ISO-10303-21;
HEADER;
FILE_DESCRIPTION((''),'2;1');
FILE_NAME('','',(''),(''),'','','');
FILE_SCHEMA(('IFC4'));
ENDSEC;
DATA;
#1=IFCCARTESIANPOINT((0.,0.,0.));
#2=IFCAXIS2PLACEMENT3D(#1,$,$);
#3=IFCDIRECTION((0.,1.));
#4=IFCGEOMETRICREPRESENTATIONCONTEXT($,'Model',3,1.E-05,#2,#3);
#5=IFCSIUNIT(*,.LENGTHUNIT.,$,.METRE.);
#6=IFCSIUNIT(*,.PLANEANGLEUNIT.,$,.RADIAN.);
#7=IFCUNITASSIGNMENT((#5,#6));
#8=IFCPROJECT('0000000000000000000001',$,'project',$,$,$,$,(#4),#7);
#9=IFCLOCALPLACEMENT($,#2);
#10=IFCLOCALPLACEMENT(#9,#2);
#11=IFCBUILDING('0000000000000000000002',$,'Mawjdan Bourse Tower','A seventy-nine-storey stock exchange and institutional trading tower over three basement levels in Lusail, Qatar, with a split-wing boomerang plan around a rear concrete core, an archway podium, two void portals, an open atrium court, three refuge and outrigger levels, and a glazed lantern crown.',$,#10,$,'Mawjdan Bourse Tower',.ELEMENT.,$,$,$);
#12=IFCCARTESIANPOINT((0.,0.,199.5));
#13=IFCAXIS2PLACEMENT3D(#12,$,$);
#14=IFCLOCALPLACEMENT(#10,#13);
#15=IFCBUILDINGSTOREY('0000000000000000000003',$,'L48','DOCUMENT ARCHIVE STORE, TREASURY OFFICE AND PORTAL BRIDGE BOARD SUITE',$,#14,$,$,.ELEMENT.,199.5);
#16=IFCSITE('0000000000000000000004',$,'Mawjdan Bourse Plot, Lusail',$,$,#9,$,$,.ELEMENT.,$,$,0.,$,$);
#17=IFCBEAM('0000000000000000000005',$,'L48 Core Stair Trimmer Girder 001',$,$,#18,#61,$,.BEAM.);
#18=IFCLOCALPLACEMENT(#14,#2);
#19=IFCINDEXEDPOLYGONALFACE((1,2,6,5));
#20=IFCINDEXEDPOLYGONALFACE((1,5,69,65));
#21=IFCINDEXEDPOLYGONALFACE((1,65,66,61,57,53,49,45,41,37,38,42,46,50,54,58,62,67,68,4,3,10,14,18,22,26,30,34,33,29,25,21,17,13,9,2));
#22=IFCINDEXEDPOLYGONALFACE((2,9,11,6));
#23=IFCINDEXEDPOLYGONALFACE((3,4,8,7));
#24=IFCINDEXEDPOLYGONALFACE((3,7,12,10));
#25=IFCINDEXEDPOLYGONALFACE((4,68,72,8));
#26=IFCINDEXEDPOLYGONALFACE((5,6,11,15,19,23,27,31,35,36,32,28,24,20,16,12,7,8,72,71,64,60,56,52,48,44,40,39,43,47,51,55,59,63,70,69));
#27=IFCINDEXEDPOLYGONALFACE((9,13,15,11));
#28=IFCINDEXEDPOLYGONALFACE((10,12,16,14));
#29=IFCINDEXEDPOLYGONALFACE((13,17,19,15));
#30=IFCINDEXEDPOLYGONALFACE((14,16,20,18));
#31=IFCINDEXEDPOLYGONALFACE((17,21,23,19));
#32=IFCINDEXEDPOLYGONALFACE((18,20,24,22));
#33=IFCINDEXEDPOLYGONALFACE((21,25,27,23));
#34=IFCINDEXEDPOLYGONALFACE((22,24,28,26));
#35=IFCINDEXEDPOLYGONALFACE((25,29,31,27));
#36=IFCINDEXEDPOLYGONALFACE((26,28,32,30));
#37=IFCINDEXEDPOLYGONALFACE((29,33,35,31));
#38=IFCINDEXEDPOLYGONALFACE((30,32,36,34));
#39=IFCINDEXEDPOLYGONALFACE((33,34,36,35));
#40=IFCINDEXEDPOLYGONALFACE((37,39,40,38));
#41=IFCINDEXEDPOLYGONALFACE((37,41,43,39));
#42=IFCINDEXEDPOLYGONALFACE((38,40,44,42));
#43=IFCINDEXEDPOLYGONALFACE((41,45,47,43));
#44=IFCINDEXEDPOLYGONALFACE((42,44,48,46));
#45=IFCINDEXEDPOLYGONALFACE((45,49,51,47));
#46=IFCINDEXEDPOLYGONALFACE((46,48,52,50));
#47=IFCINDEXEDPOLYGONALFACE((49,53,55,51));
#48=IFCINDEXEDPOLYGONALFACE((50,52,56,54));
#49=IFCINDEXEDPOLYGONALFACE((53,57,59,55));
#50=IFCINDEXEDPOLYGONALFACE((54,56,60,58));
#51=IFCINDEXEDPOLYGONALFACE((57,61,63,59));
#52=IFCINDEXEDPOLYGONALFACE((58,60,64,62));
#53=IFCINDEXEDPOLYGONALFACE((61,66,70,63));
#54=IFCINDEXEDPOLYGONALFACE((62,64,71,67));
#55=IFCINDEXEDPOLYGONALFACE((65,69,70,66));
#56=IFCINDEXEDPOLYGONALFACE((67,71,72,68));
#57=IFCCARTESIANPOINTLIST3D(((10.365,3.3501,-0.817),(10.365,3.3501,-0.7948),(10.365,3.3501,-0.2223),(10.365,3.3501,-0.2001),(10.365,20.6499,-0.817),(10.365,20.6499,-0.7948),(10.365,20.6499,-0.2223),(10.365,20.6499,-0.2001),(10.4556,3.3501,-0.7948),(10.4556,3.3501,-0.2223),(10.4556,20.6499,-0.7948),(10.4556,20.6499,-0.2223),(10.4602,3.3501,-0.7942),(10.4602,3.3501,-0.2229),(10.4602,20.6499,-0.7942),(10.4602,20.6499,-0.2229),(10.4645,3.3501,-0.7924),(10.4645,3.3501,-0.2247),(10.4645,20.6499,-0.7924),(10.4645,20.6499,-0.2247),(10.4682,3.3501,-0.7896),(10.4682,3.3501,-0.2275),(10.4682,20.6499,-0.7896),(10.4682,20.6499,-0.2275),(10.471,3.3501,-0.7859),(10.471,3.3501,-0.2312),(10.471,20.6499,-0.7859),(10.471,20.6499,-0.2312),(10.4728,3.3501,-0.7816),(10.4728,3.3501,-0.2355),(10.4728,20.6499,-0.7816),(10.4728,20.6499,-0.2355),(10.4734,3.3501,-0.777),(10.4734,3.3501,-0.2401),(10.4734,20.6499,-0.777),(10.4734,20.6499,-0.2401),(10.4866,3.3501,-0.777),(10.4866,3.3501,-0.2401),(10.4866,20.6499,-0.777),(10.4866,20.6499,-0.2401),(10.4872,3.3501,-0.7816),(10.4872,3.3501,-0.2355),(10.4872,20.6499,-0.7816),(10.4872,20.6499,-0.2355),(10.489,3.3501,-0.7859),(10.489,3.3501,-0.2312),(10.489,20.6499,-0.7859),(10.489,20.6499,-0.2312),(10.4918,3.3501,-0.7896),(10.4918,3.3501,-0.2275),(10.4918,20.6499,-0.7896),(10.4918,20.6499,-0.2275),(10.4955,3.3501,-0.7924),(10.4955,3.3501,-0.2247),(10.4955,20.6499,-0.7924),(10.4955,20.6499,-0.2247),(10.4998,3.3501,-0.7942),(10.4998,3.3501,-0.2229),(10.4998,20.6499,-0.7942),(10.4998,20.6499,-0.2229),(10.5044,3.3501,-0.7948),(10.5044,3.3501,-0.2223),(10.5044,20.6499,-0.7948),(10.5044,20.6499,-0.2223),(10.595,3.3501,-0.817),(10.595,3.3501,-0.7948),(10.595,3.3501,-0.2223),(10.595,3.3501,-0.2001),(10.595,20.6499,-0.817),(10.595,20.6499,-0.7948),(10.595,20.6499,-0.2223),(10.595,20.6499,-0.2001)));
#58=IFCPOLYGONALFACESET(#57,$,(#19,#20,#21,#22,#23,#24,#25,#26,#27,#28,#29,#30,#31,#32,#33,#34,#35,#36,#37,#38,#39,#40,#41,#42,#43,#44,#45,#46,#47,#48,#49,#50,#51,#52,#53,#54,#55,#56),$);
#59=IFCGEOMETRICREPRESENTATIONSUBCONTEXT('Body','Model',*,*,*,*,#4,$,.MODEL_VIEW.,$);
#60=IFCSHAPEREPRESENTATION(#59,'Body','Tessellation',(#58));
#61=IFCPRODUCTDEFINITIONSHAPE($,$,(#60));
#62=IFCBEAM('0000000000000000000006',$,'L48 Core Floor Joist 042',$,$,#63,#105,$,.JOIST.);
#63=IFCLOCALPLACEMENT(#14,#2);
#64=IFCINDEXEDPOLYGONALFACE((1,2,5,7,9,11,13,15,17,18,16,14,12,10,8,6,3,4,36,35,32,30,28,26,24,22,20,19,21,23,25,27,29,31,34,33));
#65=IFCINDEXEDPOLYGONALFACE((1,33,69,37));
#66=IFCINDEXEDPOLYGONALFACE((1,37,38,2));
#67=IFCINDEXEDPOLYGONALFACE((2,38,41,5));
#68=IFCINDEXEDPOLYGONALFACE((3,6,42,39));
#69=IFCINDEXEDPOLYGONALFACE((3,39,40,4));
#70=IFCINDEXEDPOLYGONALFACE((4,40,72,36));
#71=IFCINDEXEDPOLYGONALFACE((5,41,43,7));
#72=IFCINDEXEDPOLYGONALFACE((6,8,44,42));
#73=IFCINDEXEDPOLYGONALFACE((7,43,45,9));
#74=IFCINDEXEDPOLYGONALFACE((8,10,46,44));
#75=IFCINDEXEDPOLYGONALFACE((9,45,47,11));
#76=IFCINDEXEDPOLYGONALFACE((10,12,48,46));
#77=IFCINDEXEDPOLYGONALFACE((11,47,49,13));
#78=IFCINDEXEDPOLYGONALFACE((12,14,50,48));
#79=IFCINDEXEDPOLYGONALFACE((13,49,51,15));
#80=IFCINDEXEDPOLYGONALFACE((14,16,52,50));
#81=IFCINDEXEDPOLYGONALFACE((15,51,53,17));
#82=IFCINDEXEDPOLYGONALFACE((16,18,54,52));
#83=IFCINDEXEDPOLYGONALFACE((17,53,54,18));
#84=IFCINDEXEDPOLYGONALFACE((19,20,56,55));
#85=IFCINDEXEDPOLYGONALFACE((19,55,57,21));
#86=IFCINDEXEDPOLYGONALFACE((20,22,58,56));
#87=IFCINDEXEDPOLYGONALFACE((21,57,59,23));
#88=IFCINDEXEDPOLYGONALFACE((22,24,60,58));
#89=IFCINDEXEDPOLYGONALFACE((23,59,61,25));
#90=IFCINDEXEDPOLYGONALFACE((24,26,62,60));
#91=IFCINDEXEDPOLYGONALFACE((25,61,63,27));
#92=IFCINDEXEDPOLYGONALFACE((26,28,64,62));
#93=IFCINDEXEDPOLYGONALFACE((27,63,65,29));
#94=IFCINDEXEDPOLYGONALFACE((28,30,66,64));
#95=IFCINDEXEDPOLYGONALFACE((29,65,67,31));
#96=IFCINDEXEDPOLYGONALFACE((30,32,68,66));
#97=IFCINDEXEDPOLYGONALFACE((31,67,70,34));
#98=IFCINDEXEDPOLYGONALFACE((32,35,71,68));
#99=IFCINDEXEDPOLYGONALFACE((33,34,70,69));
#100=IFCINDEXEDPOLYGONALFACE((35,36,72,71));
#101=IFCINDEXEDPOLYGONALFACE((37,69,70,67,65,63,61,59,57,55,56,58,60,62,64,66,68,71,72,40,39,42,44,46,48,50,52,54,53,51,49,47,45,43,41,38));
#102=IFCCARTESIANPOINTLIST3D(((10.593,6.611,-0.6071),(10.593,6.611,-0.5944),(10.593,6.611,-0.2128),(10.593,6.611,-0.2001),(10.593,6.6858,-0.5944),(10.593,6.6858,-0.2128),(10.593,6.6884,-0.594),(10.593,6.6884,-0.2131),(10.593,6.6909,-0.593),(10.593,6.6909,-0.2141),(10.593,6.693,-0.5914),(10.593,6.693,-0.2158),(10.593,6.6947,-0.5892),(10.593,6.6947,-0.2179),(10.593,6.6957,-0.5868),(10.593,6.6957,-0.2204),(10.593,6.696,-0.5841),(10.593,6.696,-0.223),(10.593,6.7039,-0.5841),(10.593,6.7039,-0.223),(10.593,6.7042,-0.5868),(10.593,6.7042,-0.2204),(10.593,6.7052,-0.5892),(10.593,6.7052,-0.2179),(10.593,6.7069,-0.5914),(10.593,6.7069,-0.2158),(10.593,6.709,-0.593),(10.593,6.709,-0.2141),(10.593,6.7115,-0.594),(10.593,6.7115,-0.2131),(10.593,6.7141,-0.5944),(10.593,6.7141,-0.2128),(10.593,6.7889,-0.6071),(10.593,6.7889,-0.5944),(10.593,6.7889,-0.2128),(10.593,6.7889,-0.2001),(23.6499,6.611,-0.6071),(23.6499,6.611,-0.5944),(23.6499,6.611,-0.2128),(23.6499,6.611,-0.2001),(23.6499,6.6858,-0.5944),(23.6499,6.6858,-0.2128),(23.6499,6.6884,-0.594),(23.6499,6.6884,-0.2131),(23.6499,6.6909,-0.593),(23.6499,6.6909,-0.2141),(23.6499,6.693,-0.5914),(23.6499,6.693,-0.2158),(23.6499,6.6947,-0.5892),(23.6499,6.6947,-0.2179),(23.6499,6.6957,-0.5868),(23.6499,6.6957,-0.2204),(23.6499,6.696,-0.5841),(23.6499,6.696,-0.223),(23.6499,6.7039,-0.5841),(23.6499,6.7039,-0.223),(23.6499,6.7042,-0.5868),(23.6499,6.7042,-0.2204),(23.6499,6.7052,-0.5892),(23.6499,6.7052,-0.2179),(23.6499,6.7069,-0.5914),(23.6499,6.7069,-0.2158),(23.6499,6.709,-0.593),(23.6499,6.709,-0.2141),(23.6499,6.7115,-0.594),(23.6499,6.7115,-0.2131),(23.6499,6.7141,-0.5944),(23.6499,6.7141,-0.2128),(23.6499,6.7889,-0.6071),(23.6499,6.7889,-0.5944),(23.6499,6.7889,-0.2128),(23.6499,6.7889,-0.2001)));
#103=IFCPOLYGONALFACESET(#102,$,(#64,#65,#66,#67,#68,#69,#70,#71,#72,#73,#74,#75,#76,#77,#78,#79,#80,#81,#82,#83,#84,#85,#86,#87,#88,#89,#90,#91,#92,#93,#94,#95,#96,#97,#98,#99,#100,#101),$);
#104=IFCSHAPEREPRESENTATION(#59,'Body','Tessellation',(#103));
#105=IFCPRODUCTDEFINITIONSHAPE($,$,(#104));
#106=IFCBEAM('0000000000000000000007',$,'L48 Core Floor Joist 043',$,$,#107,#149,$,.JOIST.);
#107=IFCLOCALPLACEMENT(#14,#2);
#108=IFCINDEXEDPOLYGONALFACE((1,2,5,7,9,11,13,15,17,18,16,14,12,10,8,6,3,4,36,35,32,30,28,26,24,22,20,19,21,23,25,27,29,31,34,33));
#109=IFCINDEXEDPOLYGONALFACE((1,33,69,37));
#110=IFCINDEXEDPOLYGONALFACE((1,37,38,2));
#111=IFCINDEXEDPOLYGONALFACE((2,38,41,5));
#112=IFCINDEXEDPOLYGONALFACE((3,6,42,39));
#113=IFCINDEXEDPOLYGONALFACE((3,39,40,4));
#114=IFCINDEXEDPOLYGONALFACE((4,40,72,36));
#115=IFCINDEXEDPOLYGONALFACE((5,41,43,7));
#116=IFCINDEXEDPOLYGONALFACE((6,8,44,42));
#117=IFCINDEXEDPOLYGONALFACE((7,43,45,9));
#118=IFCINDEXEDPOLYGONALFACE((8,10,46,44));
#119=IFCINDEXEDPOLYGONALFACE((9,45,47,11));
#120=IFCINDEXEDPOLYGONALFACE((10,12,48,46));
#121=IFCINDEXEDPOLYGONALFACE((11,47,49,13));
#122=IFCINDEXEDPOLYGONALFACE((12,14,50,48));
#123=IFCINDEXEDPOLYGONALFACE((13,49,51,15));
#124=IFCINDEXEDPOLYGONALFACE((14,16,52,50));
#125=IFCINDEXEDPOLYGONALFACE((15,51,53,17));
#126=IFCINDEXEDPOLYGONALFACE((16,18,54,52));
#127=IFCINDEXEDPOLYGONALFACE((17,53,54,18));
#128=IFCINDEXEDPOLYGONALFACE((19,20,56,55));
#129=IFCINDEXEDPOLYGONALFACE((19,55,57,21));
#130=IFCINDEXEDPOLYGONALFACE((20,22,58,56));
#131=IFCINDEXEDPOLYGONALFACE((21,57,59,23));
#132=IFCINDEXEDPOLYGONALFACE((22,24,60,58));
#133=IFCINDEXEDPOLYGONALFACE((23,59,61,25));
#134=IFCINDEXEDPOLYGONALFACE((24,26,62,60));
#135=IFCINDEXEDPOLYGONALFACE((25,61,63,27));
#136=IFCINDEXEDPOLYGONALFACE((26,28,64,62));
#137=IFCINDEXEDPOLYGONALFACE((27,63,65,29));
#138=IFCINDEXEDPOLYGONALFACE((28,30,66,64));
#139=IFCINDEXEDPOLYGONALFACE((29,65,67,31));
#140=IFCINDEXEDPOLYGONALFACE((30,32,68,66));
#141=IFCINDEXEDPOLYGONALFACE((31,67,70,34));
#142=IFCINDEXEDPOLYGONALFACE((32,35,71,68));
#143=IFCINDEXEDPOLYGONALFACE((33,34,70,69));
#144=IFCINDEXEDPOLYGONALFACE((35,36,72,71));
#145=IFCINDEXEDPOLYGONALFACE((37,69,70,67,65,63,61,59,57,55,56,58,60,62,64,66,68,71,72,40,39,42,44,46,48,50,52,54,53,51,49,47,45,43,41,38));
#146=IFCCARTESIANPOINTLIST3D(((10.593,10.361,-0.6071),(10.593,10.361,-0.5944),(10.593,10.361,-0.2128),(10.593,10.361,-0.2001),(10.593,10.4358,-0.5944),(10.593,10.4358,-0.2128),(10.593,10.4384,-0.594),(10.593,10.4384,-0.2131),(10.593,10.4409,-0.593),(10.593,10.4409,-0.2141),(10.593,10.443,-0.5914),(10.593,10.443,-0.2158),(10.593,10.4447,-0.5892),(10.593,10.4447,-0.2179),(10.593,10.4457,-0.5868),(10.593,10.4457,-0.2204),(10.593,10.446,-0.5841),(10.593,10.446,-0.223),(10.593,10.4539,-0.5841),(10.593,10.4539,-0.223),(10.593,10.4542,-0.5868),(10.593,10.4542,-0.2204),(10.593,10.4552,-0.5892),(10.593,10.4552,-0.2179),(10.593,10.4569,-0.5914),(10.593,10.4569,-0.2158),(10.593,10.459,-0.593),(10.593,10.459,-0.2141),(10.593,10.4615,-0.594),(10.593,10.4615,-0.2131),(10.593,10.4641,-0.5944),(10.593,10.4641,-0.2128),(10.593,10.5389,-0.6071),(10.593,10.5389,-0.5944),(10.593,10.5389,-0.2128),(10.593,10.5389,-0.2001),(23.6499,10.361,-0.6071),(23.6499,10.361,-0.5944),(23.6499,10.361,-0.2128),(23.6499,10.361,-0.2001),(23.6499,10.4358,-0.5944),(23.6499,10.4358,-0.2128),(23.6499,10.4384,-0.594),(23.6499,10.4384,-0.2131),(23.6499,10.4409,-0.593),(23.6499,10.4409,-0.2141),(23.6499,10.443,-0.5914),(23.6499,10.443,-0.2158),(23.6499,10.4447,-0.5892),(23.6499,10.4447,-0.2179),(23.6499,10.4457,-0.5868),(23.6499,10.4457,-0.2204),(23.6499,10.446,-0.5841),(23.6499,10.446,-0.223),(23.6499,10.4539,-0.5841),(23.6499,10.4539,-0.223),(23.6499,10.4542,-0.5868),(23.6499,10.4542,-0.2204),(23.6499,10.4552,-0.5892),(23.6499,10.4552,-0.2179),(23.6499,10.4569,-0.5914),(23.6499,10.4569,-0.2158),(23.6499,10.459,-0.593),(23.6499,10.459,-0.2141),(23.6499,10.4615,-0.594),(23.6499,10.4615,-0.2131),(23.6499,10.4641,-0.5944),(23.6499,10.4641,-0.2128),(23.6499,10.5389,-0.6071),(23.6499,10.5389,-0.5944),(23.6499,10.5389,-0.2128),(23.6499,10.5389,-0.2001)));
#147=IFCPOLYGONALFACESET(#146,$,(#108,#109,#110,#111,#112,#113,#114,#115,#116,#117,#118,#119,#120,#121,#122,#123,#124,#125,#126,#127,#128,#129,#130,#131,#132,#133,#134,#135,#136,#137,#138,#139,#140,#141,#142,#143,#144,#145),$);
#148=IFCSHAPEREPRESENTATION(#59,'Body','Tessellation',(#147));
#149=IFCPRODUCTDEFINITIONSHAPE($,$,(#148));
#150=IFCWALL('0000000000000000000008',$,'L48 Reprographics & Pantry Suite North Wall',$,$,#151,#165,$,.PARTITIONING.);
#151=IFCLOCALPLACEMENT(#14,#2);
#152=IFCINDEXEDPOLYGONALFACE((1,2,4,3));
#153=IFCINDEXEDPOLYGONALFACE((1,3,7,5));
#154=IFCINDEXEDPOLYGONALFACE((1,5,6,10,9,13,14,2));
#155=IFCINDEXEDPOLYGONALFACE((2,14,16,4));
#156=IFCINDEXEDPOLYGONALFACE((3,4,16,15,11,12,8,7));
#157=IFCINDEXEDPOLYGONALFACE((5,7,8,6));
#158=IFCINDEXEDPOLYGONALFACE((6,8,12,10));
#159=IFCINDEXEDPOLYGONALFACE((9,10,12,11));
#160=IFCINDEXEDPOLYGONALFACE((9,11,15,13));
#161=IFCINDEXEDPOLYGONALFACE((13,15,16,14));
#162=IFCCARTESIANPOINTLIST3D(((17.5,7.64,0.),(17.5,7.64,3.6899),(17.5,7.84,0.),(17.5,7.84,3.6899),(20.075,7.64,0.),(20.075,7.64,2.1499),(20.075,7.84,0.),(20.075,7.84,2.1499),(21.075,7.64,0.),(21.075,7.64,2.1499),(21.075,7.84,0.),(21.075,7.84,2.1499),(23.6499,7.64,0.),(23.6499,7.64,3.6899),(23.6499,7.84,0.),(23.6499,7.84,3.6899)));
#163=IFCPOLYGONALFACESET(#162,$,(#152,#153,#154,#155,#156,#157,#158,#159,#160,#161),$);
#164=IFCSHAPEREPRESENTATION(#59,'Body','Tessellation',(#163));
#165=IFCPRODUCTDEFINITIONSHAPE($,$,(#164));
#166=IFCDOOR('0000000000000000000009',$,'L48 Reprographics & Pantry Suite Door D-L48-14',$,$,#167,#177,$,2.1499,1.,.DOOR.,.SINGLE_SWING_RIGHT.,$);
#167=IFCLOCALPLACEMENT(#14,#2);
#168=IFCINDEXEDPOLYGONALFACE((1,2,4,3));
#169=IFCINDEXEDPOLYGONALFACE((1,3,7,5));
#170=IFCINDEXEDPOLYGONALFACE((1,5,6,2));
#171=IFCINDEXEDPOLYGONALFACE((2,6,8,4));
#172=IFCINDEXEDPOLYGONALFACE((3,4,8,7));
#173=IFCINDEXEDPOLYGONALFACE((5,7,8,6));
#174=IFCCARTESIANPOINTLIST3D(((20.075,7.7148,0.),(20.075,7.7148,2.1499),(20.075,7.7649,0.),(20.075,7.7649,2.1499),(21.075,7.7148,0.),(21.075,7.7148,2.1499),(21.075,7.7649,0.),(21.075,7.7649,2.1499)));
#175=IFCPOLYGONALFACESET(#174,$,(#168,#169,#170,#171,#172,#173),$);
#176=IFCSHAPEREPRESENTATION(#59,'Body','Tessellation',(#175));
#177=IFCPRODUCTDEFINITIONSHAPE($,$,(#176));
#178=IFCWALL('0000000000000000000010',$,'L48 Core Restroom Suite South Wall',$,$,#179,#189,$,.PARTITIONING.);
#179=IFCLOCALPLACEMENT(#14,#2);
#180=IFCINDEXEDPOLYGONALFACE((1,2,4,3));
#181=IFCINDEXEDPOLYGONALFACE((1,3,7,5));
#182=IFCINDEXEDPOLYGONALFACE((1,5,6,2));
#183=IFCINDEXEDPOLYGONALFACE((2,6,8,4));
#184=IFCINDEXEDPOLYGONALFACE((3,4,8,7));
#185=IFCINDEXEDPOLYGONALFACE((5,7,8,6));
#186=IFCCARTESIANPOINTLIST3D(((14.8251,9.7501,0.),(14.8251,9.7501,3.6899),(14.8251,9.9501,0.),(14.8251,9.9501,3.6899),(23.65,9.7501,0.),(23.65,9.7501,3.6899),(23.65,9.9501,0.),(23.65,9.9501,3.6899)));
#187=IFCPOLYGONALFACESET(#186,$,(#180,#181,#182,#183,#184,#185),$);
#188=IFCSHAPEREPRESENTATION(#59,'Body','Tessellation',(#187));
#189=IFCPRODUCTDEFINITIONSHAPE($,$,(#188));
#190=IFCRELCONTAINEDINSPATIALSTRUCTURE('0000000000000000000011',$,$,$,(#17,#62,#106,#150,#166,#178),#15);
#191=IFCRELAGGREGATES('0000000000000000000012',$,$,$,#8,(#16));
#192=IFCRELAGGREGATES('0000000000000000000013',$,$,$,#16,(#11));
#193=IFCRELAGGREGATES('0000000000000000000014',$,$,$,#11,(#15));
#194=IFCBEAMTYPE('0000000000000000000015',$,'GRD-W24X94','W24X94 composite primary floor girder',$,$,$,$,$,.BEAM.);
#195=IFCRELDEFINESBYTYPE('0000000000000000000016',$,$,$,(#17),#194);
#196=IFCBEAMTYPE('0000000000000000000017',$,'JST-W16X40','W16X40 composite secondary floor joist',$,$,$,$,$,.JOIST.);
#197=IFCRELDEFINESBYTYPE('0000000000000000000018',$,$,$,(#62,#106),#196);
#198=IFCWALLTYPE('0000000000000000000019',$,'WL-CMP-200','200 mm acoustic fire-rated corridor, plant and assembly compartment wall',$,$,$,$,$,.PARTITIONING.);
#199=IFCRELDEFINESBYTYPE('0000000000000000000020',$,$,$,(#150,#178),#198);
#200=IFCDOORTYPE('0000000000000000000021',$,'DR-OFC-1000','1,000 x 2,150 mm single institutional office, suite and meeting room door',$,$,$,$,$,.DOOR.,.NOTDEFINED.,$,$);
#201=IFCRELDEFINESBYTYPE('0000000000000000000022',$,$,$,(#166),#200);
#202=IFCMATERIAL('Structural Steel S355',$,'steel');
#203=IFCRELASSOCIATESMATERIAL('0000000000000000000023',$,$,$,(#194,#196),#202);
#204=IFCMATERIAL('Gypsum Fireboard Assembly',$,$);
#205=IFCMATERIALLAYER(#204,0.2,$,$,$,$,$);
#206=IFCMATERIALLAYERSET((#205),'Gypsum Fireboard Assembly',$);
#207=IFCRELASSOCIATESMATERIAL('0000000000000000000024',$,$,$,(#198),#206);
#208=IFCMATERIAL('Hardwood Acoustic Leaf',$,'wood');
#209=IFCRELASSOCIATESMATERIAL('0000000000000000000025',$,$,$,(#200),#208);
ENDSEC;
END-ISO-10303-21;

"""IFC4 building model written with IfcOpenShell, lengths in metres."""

from ifc_helpers import new_model, si_unit, direction, frame, frame_2d, origin, origin_2d, place, context, subcontext, project, spatial, rectangle, i_section, extrude, material, layer, layer_set, material_profile, profile_set, type_object, element, fill, save


model = new_model("IFC4")

# Units and contexts
model_context = context("Model", 3, precision=1e-05, world=origin(), true_north=direction((0.0, 1.0)))
body_context = subcontext(model_context, "Body", "Model", "MODEL_VIEW")
ifc_project = project(units=[si_unit("LENGTHUNIT", "METRE"), si_unit("PLANEANGLEUNIT", "RADIAN")], contexts=[model_context])

# Site, building, storey
site_placement = place(None, origin())
site = spatial("IfcSite", under=ifc_project, at=site_placement, Name="Mawjdan Bourse Plot, Lusail", CompositionType="ELEMENT", RefElevation=0.0)
building_placement = place(site_placement, origin())
building = spatial("IfcBuilding", under=site, at=building_placement, Name="Mawjdan Bourse Tower", Description="A seventy-nine-storey stock exchange and institutional trading tower over three basement levels in Lusail, Qatar, with a split-wing boomerang plan around a rear concrete core, an archway podium, two void portals, an open atrium court, three refuge and outrigger levels, and a glazed lantern crown.", LongName="Mawjdan Bourse Tower", CompositionType="ELEMENT")
storey_placement = place(building_placement, frame((0.0, 0.0, 199.5)))
storey = spatial("IfcBuildingStorey", under=building, at=storey_placement, Name="L48", Description="DOCUMENT ARCHIVE STORE, TREASURY OFFICE AND PORTAL BRIDGE BOARD SUITE", CompositionType="ELEMENT", Elevation=199.5)

# Beams
ifc_material_1 = material(Name="Structural Steel S355", Category="steel")
ifc_material_profile_1 = material_profile(ifc_material_1, i_section(OverallWidth=0.23, OverallDepth=0.6169, WebThickness=0.0132, FlangeThickness=0.0222, FilletRadius=0.0178, at=origin_2d()), Name="W24X94")
ifc_profile_set_1 = profile_set([ifc_material_profile_1], Name="Structural Steel S355")
beam_type_1 = type_object("IfcBeamType", Name="GRD-W24X94", Description="W24X94 composite primary floor girder", PredefinedType="BEAM", material=ifc_profile_set_1)
beam_placement = place(storey_placement, frame((10.48, 3.3501, -0.5085), z_axis=(0.0, 1.0, 0.0), x_axis=(-1.0, 0.0, 0.0)))
element("IfcBeam", 1, at=beam_placement, inside=storey, type_object=beam_type_1, Name="L48 Core Stair Trimmer Girder 001", PredefinedType="BEAM", context=body_context, shape_type="SweptSolid", body=[
    extrude(i_section(OverallWidth=0.23, OverallDepth=0.6169, WebThickness=0.0132, FlangeThickness=0.0222, FilletRadius=0.0178, at=origin_2d()), origin(), (0.0, 0.0, 1.0), 17.2998),
])
ifc_material_profile_2 = material_profile(ifc_material_1, i_section(OverallWidth=0.178, OverallDepth=0.407, WebThickness=0.0078, FlangeThickness=0.0127, FilletRadius=0.0103, at=origin_2d()), Name="W16X40")
ifc_profile_set_2 = profile_set([ifc_material_profile_2], Name="Structural Steel S355")
beam_type_2 = type_object("IfcBeamType", Name="JST-W16X40", Description="W16X40 composite secondary floor joist", PredefinedType="JOIST", material=ifc_profile_set_2)
for number, where, z_axis, x_axis, name in (
    (2, (10.593, 6.7, -0.4036), (1.0, 0.0, 0.0), (0.0, 1.0, 0.0), "L48 Core Floor Joist 042"),
    (3, (10.593, 10.45, -0.4036), (1.0, 0.0, 0.0), (0.0, 1.0, 0.0), "L48 Core Floor Joist 043"),
):
    element("IfcBeam", number, at=place(storey_placement, frame(where, z_axis=z_axis, x_axis=x_axis)), inside=storey, type_object=beam_type_2, Name=name, PredefinedType="JOIST", context=body_context, shape_type="SweptSolid", body=[
        extrude(i_section(OverallWidth=0.178, OverallDepth=0.407, WebThickness=0.0078, FlangeThickness=0.0127, FilletRadius=0.0103, at=origin_2d()), origin(), (0.0, 0.0, 1.0), 13.0569),
    ])

# Wall, opening, door
ifc_material_2 = material(Name="Gypsum Fireboard Assembly")
ifc_layer_1 = layer(ifc_material_2, 0.2)
ifc_layer_set_1 = layer_set([ifc_layer_1], Name="Gypsum Fireboard Assembly")
wall_type_1 = type_object("IfcWallType", Name="WL-CMP-200", Description="200 mm acoustic fire-rated corridor, plant and assembly compartment wall", PredefinedType="PARTITIONING", material=ifc_layer_set_1)
ifc_material_3 = material(Name="Hardwood Acoustic Leaf", Category="wood")
door_type_1 = type_object("IfcDoorType", Name="DR-OFC-1000", Description="1,000 x 2,150 mm single institutional office, suite and meeting room door", OperationType="NOTDEFINED", PredefinedType="DOOR", material=ifc_material_3)
wall_1_placement = place(storey_placement, frame((17.5, 7.74, 0.0), z_axis=(0.0, 0.0, 1.0), x_axis=(1.0, 0.0, 0.0)))
wall_1 = element("IfcWall", 4, at=wall_1_placement, inside=storey, type_object=wall_type_1, Name="L48 Reprographics & Pantry Suite North Wall", PredefinedType="PARTITIONING", context=body_context, shape_type="SweptSolid", body=[
    extrude(rectangle(XDim=6.1499, YDim=0.2, at=frame_2d((3.075, 0.0))), origin(), (0.0, 0.0, 1.0), 3.6899),
])
opening_1_placement = place(wall_1_placement, frame((2.575, 0.0, 0.0)))
opening_1 = element("IfcOpeningElement", 5, at=opening_1_placement, cuts=wall_1, PredefinedType="OPENING", context=body_context, shape_type="SweptSolid", body=[
    extrude(rectangle(XDim=1.0, YDim=2.1499, at=frame_2d((0.5, 1.075))), frame((0.0, 0.1099, 0.0), z_axis=(0.0, -1.0, 0.0), x_axis=(1.0, 0.0, 0.0)), (0.0, 0.0, 1.0), 0.22),
])
door_1_placement = place(opening_1_placement, origin())
door_1 = element("IfcDoor", 6, at=door_1_placement, inside=storey, type_object=door_type_1, Name="L48 Reprographics & Pantry Suite Door D-L48-14", OperationType="SINGLE_SWING_RIGHT", OverallHeight=2.1499, OverallWidth=1.0, PredefinedType="DOOR", context=body_context, shape_type="SweptSolid", body=[
    extrude(rectangle(XDim=1.0, YDim=2.1499, at=frame_2d((0.5, 1.075))), frame((0.0, 0.0249, 0.0), z_axis=(0.0, -1.0, 0.0), x_axis=(1.0, 0.0, 0.0)), (0.0, 0.0, 1.0), 0.05),
])
fill(opening_1, door_1)

# Wall
wall_2_placement = place(storey_placement, frame((14.825, 9.8501, 0.0), z_axis=(0.0, 0.0, 1.0), x_axis=(1.0, 0.0, 0.0)))
element("IfcWall", 7, at=wall_2_placement, inside=storey, type_object=wall_type_1, Name="L48 Core Restroom Suite South Wall", PredefinedType="PARTITIONING", context=body_context, shape_type="SweptSolid", body=[
    extrude(rectangle(XDim=8.825, YDim=0.2, at=frame_2d((4.4126, 0.0))), origin(), (0.0, 0.0, 1.0), 3.6899),
])

save(model, "model.ifc")
